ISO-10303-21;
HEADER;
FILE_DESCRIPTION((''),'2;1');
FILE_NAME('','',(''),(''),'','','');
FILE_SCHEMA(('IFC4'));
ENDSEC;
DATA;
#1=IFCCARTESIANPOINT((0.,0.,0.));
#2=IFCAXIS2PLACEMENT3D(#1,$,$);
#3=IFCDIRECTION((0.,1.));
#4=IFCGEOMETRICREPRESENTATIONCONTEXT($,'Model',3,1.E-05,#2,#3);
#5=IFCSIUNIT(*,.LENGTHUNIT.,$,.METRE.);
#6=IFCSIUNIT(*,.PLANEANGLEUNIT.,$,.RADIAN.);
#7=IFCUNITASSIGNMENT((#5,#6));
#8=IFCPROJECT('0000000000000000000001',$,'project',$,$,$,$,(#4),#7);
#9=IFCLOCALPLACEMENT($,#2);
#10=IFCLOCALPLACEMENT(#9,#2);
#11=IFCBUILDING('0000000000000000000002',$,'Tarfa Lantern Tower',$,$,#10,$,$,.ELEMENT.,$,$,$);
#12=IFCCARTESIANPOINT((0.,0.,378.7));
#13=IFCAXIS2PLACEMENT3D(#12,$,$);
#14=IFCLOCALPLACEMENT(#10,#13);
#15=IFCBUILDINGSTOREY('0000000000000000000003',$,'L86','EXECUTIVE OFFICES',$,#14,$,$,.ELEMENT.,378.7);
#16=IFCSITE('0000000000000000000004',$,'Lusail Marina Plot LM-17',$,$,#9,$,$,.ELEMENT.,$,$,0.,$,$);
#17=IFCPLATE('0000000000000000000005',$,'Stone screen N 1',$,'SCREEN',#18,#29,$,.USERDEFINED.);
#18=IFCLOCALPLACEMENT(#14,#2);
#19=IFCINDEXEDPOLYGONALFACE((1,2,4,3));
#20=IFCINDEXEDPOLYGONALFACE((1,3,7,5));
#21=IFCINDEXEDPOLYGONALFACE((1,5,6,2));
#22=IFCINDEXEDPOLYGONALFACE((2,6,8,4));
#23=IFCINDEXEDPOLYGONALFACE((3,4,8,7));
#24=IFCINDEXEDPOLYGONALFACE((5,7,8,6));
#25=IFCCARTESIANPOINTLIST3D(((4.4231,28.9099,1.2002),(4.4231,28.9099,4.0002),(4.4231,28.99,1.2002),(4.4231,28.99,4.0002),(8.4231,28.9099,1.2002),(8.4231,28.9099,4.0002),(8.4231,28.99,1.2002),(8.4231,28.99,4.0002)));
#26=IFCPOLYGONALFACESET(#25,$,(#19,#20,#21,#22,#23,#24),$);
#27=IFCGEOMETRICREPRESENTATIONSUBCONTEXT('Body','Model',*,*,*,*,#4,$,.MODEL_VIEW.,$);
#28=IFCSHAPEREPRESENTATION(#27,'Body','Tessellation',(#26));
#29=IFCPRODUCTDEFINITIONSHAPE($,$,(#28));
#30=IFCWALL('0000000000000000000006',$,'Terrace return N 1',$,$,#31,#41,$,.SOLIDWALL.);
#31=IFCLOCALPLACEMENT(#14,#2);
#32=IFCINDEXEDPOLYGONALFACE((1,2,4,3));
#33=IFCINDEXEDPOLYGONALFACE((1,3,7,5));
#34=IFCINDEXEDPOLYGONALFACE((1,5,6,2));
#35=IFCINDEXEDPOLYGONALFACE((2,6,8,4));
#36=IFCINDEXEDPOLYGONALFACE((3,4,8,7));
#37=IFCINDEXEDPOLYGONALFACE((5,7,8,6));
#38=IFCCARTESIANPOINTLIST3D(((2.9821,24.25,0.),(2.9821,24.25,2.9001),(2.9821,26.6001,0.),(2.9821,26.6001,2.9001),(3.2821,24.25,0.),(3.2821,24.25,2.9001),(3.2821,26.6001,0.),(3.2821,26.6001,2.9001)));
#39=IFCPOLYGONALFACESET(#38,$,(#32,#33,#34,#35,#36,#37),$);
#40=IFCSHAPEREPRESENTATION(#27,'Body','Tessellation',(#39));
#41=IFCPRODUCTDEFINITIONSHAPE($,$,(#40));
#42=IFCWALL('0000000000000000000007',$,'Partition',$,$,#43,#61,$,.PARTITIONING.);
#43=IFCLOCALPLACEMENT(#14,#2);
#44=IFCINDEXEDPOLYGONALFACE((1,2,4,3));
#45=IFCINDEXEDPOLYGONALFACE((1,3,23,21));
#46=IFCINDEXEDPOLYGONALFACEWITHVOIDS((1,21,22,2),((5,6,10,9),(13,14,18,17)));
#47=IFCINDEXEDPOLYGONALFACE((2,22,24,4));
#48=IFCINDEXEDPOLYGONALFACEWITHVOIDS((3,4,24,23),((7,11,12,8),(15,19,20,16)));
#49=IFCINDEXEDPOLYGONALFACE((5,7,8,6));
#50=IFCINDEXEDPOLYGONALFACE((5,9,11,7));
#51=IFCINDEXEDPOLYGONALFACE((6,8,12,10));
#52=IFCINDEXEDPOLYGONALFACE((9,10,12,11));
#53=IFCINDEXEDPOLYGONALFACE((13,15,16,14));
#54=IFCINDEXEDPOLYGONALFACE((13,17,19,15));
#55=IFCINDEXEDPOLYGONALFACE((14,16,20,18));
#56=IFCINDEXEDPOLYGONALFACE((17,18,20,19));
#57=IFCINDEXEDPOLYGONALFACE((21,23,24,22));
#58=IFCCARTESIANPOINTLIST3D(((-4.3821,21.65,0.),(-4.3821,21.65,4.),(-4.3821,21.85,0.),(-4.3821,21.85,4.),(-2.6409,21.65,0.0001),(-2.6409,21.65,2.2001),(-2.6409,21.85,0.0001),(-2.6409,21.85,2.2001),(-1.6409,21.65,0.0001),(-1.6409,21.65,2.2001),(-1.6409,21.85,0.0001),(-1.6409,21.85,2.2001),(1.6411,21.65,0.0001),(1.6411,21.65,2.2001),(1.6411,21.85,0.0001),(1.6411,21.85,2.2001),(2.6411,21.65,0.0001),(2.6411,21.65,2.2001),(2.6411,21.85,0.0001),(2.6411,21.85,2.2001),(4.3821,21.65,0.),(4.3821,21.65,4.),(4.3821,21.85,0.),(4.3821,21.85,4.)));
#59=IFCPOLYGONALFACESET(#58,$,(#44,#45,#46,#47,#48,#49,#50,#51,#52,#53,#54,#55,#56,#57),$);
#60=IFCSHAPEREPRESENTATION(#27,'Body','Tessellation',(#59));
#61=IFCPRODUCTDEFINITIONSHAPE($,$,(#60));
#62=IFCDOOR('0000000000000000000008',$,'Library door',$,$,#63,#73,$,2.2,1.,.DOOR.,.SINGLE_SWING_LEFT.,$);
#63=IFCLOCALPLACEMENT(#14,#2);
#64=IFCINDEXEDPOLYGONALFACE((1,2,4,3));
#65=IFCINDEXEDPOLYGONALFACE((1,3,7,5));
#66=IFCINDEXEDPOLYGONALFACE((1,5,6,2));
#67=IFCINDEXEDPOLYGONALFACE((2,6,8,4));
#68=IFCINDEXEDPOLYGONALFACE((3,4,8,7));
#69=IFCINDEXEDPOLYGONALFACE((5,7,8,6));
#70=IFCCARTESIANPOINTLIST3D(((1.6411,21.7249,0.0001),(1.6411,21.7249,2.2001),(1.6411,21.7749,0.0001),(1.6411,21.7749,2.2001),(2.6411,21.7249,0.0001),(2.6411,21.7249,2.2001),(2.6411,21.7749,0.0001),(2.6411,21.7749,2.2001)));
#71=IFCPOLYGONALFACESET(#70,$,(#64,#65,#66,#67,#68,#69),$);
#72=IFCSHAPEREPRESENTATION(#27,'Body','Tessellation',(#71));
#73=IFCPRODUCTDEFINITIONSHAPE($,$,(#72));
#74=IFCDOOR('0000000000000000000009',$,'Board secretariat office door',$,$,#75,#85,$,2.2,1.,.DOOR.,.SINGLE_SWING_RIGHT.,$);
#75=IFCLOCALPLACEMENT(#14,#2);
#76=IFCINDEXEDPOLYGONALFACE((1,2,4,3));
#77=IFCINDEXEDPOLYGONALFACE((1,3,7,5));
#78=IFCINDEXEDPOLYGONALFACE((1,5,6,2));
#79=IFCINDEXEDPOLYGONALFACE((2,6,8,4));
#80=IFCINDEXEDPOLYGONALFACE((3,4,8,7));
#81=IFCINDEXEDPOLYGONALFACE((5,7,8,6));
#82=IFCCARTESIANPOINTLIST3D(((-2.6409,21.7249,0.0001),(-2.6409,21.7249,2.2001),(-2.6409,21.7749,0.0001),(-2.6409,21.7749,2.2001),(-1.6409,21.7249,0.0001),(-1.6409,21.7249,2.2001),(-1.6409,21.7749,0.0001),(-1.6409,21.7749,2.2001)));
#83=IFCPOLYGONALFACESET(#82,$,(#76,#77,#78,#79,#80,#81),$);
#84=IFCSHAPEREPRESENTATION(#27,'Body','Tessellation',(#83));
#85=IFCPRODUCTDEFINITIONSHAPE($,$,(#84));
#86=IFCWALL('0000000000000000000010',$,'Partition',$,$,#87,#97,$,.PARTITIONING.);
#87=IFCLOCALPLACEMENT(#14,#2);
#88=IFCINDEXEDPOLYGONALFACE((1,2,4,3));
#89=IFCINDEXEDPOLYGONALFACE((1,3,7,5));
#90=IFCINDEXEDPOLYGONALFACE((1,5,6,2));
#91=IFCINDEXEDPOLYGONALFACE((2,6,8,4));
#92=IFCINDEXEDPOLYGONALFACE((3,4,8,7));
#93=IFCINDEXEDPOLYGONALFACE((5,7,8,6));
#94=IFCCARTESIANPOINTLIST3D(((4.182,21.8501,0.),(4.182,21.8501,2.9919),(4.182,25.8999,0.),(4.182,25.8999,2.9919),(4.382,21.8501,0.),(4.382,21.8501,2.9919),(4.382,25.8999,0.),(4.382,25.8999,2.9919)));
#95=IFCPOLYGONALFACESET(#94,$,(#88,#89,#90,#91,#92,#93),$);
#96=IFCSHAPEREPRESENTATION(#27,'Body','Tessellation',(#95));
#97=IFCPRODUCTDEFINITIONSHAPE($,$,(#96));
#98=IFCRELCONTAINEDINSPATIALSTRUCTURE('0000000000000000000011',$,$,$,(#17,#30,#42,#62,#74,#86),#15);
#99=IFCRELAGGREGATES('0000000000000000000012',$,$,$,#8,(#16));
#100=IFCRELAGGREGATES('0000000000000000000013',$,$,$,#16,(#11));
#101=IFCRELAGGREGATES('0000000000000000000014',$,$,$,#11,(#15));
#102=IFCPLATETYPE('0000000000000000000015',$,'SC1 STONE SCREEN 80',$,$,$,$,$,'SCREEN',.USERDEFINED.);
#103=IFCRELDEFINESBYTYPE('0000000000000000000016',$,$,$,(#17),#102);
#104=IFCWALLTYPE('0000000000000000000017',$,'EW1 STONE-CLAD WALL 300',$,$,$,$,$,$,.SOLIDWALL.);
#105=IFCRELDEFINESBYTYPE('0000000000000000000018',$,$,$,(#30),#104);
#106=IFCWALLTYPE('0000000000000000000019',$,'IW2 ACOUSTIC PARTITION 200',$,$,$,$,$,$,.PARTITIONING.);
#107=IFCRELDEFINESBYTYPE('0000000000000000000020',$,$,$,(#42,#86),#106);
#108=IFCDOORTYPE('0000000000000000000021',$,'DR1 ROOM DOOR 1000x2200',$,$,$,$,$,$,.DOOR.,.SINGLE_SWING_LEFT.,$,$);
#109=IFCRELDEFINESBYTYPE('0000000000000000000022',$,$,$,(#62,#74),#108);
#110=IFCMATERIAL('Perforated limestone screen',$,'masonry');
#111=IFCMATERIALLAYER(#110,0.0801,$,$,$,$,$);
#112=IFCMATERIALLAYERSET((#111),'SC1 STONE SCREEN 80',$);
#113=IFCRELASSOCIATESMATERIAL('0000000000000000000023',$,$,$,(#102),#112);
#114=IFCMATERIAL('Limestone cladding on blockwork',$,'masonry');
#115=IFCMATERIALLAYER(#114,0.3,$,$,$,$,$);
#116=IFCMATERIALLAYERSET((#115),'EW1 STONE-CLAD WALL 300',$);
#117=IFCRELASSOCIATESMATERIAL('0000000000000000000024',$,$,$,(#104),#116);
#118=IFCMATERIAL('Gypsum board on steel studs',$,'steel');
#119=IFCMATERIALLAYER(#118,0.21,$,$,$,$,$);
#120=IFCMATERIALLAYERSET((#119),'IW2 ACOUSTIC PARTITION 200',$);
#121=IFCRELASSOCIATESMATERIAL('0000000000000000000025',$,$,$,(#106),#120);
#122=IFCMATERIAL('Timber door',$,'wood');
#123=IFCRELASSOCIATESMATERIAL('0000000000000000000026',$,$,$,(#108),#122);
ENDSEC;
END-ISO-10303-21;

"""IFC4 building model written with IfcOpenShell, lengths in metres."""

from ifc_helpers import new_model, si_unit, direction, frame, frame_2d, origin, origin_2d, place, context, subcontext, project, spatial, rectangle, extrude, material, layer, layer_set, type_object, element, fill, save


model = new_model("IFC4")

# Units and contexts
model_context = context("Model", 3, precision=1e-05, world=origin(), true_north=direction((0.0, 1.0)))
body_context = subcontext(model_context, "Body", "Model", "MODEL_VIEW")
ifc_project = project(units=[si_unit("LENGTHUNIT", "METRE"), si_unit("PLANEANGLEUNIT", "RADIAN")], contexts=[model_context])

# Site, building, storey
site_placement = place(None, origin())
site = spatial("IfcSite", under=ifc_project, at=site_placement, Name="Lusail Marina Plot LM-17", CompositionType="ELEMENT", RefElevation=0.0)
building_placement = place(site_placement, origin())
building = spatial("IfcBuilding", under=site, at=building_placement, Name="Tarfa Lantern Tower", CompositionType="ELEMENT")
storey_placement = place(building_placement, frame((0.0, 0.0, 378.7)))
storey = spatial("IfcBuildingStorey", under=building, at=storey_placement, Name="L86", Description="EXECUTIVE OFFICES", CompositionType="ELEMENT", Elevation=378.7)

# Plate
ifc_material_1 = material(Name="Perforated limestone screen", Category="masonry")
ifc_layer_1 = layer(ifc_material_1, 0.0801)
ifc_layer_set_1 = layer_set([ifc_layer_1], Name="SC1 STONE SCREEN 80")
plate_type_1 = type_object("IfcPlateType", Name="SC1 STONE SCREEN 80", ElementType="SCREEN", PredefinedType="USERDEFINED", material=ifc_layer_set_1)
plate_1_placement = place(storey_placement, frame((6.4231, 28.95, 1.2002), z_axis=(0.0, 0.0, 1.0), x_axis=(-1.0, 0.0, 0.0)))
element("IfcPlate", 1, at=plate_1_placement, inside=storey, type_object=plate_type_1, Name="Stone screen N 1", ObjectType="SCREEN", PredefinedType="USERDEFINED", context=body_context, shape_type="SweptSolid", body=[
    extrude(rectangle(XDim=4.0, YDim=0.0801, at=origin_2d()), origin(), (0.0, 0.0, 1.0), 2.8),
])

# Shared definitions
ifc_material_2 = material(Name="Limestone cladding on blockwork", Category="masonry")
ifc_layer_2 = layer(ifc_material_2, 0.3)
ifc_layer_set_2 = layer_set([ifc_layer_2], Name="EW1 STONE-CLAD WALL 300")
wall_type_1 = type_object("IfcWallType", Name="EW1 STONE-CLAD WALL 300", PredefinedType="SOLIDWALL", material=ifc_layer_set_2)

# Wall
wall_1_placement = place(storey_placement, frame((3.1321, 26.6001, 0.0), z_axis=(0.0, 0.0, 1.0), x_axis=(0.0, -1.0, 0.0)))
element("IfcWall", 2, at=wall_1_placement, inside=storey, type_object=wall_type_1, Name="Terrace return N 1", PredefinedType="SOLIDWALL", context=body_context, shape_type="SweptSolid", body=[
    extrude(rectangle(XDim=2.3501, YDim=0.3, at=frame_2d((1.175, 0.0))), origin(), (0.0, 0.0, 1.0), 2.9001),
])

# Wall, openings, doors
ifc_material_3 = material(Name="Gypsum board on steel studs", Category="steel")
ifc_layer_3 = layer(ifc_material_3, 0.21)
ifc_layer_set_3 = layer_set([ifc_layer_3], Name="IW2 ACOUSTIC PARTITION 200")
wall_type_2 = type_object("IfcWallType", Name="IW2 ACOUSTIC PARTITION 200", PredefinedType="PARTITIONING", material=ifc_layer_set_3)
wall_2_placement = place(storey_placement, frame((4.3821, 21.75, 0.0), z_axis=(0.0, 0.0, 1.0), x_axis=(-1.0, 0.0, 0.0)))
wall_2 = element("IfcWall", 3, at=wall_2_placement, inside=storey, type_object=wall_type_2, Name="Partition", PredefinedType="PARTITIONING", context=body_context, shape_type="SweptSolid", body=[
    extrude(rectangle(XDim=8.7642, YDim=0.2, at=frame_2d((4.3821, 0.0))), origin(), (0.0, 0.0, 1.0), 4.0),
])
opening_1_placement = place(wall_2_placement, frame((1.741, 0.0, 0.0)))
opening_1 = element("IfcOpeningElement", 4, at=opening_1_placement, cuts=wall_2, PredefinedType="OPENING", context=body_context, shape_type="SweptSolid", body=[
    extrude(rectangle(XDim=1.0, YDim=2.2, at=frame_2d((0.5, 1.1001))), frame((0.0, 0.1099, 0.0), z_axis=(0.0, -1.0, 0.0), x_axis=(1.0, 0.0, 0.0)), (0.0, 0.0, 1.0), 0.22),
])
opening_2_placement = place(wall_2_placement, frame((6.0229, 0.0, 0.0)))
opening_2 = element("IfcOpeningElement", 5, at=opening_2_placement, cuts=wall_2, PredefinedType="OPENING", context=body_context, shape_type="SweptSolid", body=[
    extrude(rectangle(XDim=1.0, YDim=2.2, at=frame_2d((0.5, 1.1001))), frame((0.0, 0.1099, 0.0), z_axis=(0.0, -1.0, 0.0), x_axis=(1.0, 0.0, 0.0)), (0.0, 0.0, 1.0), 0.22),
])
ifc_material_4 = material(Name="Timber door", Category="wood")
door_type_1 = type_object("IfcDoorType", Name="DR1 ROOM DOOR 1000x2200", OperationType="SINGLE_SWING_LEFT", PredefinedType="DOOR", material=ifc_material_4)
door_1_placement = place(opening_1_placement, frame((1.0, 0.0, 0.0), z_axis=(0.0, 0.0, 1.0), x_axis=(-1.0, 0.0, 0.0)))
door_1 = element("IfcDoor", 6, at=door_1_placement, inside=storey, type_object=door_type_1, Name="Library door", OperationType="SINGLE_SWING_LEFT", OverallHeight=2.2, OverallWidth=1.0, PredefinedType="DOOR", context=body_context, shape_type="SweptSolid", body=[
    extrude(rectangle(XDim=1.0, YDim=2.2, at=frame_2d((0.5, 1.1001))), frame((0.0, 0.0249, 0.0), z_axis=(0.0, -1.0, 0.0), x_axis=(1.0, 0.0, 0.0)), (0.0, 0.0, 1.0), 0.05),
])
fill(opening_1, door_1)
door_2_placement = place(opening_2_placement, frame((1.0, 0.0, 0.0), z_axis=(0.0, 0.0, 1.0), x_axis=(-1.0, 0.0, 0.0)))
door_2 = element("IfcDoor", 7, at=door_2_placement, inside=storey, type_object=door_type_1, Name="Board secretariat office door", OperationType="SINGLE_SWING_RIGHT", OverallHeight=2.2, OverallWidth=1.0, PredefinedType="DOOR", context=body_context, shape_type="SweptSolid", body=[
    extrude(rectangle(XDim=1.0, YDim=2.2, at=frame_2d((0.5, 1.1001))), frame((0.0, 0.0249, 0.0), z_axis=(0.0, -1.0, 0.0), x_axis=(1.0, 0.0, 0.0)), (0.0, 0.0, 1.0), 0.05),
])
fill(opening_2, door_2)

# Wall
wall_3_placement = place(storey_placement, frame((4.282, 21.8501, 0.0), z_axis=(0.0, 0.0, 1.0), x_axis=(0.0, 1.0, 0.0)))
element("IfcWall", 8, at=wall_3_placement, inside=storey, type_object=wall_type_2, Name="Partition", PredefinedType="PARTITIONING", context=body_context, shape_type="SweptSolid", body=[
    extrude(rectangle(XDim=4.0498, YDim=0.2, at=frame_2d((2.0249, 0.0))), origin(), (0.0, 0.0, 1.0), 2.9919),
])

save(model, "model.ifc")
